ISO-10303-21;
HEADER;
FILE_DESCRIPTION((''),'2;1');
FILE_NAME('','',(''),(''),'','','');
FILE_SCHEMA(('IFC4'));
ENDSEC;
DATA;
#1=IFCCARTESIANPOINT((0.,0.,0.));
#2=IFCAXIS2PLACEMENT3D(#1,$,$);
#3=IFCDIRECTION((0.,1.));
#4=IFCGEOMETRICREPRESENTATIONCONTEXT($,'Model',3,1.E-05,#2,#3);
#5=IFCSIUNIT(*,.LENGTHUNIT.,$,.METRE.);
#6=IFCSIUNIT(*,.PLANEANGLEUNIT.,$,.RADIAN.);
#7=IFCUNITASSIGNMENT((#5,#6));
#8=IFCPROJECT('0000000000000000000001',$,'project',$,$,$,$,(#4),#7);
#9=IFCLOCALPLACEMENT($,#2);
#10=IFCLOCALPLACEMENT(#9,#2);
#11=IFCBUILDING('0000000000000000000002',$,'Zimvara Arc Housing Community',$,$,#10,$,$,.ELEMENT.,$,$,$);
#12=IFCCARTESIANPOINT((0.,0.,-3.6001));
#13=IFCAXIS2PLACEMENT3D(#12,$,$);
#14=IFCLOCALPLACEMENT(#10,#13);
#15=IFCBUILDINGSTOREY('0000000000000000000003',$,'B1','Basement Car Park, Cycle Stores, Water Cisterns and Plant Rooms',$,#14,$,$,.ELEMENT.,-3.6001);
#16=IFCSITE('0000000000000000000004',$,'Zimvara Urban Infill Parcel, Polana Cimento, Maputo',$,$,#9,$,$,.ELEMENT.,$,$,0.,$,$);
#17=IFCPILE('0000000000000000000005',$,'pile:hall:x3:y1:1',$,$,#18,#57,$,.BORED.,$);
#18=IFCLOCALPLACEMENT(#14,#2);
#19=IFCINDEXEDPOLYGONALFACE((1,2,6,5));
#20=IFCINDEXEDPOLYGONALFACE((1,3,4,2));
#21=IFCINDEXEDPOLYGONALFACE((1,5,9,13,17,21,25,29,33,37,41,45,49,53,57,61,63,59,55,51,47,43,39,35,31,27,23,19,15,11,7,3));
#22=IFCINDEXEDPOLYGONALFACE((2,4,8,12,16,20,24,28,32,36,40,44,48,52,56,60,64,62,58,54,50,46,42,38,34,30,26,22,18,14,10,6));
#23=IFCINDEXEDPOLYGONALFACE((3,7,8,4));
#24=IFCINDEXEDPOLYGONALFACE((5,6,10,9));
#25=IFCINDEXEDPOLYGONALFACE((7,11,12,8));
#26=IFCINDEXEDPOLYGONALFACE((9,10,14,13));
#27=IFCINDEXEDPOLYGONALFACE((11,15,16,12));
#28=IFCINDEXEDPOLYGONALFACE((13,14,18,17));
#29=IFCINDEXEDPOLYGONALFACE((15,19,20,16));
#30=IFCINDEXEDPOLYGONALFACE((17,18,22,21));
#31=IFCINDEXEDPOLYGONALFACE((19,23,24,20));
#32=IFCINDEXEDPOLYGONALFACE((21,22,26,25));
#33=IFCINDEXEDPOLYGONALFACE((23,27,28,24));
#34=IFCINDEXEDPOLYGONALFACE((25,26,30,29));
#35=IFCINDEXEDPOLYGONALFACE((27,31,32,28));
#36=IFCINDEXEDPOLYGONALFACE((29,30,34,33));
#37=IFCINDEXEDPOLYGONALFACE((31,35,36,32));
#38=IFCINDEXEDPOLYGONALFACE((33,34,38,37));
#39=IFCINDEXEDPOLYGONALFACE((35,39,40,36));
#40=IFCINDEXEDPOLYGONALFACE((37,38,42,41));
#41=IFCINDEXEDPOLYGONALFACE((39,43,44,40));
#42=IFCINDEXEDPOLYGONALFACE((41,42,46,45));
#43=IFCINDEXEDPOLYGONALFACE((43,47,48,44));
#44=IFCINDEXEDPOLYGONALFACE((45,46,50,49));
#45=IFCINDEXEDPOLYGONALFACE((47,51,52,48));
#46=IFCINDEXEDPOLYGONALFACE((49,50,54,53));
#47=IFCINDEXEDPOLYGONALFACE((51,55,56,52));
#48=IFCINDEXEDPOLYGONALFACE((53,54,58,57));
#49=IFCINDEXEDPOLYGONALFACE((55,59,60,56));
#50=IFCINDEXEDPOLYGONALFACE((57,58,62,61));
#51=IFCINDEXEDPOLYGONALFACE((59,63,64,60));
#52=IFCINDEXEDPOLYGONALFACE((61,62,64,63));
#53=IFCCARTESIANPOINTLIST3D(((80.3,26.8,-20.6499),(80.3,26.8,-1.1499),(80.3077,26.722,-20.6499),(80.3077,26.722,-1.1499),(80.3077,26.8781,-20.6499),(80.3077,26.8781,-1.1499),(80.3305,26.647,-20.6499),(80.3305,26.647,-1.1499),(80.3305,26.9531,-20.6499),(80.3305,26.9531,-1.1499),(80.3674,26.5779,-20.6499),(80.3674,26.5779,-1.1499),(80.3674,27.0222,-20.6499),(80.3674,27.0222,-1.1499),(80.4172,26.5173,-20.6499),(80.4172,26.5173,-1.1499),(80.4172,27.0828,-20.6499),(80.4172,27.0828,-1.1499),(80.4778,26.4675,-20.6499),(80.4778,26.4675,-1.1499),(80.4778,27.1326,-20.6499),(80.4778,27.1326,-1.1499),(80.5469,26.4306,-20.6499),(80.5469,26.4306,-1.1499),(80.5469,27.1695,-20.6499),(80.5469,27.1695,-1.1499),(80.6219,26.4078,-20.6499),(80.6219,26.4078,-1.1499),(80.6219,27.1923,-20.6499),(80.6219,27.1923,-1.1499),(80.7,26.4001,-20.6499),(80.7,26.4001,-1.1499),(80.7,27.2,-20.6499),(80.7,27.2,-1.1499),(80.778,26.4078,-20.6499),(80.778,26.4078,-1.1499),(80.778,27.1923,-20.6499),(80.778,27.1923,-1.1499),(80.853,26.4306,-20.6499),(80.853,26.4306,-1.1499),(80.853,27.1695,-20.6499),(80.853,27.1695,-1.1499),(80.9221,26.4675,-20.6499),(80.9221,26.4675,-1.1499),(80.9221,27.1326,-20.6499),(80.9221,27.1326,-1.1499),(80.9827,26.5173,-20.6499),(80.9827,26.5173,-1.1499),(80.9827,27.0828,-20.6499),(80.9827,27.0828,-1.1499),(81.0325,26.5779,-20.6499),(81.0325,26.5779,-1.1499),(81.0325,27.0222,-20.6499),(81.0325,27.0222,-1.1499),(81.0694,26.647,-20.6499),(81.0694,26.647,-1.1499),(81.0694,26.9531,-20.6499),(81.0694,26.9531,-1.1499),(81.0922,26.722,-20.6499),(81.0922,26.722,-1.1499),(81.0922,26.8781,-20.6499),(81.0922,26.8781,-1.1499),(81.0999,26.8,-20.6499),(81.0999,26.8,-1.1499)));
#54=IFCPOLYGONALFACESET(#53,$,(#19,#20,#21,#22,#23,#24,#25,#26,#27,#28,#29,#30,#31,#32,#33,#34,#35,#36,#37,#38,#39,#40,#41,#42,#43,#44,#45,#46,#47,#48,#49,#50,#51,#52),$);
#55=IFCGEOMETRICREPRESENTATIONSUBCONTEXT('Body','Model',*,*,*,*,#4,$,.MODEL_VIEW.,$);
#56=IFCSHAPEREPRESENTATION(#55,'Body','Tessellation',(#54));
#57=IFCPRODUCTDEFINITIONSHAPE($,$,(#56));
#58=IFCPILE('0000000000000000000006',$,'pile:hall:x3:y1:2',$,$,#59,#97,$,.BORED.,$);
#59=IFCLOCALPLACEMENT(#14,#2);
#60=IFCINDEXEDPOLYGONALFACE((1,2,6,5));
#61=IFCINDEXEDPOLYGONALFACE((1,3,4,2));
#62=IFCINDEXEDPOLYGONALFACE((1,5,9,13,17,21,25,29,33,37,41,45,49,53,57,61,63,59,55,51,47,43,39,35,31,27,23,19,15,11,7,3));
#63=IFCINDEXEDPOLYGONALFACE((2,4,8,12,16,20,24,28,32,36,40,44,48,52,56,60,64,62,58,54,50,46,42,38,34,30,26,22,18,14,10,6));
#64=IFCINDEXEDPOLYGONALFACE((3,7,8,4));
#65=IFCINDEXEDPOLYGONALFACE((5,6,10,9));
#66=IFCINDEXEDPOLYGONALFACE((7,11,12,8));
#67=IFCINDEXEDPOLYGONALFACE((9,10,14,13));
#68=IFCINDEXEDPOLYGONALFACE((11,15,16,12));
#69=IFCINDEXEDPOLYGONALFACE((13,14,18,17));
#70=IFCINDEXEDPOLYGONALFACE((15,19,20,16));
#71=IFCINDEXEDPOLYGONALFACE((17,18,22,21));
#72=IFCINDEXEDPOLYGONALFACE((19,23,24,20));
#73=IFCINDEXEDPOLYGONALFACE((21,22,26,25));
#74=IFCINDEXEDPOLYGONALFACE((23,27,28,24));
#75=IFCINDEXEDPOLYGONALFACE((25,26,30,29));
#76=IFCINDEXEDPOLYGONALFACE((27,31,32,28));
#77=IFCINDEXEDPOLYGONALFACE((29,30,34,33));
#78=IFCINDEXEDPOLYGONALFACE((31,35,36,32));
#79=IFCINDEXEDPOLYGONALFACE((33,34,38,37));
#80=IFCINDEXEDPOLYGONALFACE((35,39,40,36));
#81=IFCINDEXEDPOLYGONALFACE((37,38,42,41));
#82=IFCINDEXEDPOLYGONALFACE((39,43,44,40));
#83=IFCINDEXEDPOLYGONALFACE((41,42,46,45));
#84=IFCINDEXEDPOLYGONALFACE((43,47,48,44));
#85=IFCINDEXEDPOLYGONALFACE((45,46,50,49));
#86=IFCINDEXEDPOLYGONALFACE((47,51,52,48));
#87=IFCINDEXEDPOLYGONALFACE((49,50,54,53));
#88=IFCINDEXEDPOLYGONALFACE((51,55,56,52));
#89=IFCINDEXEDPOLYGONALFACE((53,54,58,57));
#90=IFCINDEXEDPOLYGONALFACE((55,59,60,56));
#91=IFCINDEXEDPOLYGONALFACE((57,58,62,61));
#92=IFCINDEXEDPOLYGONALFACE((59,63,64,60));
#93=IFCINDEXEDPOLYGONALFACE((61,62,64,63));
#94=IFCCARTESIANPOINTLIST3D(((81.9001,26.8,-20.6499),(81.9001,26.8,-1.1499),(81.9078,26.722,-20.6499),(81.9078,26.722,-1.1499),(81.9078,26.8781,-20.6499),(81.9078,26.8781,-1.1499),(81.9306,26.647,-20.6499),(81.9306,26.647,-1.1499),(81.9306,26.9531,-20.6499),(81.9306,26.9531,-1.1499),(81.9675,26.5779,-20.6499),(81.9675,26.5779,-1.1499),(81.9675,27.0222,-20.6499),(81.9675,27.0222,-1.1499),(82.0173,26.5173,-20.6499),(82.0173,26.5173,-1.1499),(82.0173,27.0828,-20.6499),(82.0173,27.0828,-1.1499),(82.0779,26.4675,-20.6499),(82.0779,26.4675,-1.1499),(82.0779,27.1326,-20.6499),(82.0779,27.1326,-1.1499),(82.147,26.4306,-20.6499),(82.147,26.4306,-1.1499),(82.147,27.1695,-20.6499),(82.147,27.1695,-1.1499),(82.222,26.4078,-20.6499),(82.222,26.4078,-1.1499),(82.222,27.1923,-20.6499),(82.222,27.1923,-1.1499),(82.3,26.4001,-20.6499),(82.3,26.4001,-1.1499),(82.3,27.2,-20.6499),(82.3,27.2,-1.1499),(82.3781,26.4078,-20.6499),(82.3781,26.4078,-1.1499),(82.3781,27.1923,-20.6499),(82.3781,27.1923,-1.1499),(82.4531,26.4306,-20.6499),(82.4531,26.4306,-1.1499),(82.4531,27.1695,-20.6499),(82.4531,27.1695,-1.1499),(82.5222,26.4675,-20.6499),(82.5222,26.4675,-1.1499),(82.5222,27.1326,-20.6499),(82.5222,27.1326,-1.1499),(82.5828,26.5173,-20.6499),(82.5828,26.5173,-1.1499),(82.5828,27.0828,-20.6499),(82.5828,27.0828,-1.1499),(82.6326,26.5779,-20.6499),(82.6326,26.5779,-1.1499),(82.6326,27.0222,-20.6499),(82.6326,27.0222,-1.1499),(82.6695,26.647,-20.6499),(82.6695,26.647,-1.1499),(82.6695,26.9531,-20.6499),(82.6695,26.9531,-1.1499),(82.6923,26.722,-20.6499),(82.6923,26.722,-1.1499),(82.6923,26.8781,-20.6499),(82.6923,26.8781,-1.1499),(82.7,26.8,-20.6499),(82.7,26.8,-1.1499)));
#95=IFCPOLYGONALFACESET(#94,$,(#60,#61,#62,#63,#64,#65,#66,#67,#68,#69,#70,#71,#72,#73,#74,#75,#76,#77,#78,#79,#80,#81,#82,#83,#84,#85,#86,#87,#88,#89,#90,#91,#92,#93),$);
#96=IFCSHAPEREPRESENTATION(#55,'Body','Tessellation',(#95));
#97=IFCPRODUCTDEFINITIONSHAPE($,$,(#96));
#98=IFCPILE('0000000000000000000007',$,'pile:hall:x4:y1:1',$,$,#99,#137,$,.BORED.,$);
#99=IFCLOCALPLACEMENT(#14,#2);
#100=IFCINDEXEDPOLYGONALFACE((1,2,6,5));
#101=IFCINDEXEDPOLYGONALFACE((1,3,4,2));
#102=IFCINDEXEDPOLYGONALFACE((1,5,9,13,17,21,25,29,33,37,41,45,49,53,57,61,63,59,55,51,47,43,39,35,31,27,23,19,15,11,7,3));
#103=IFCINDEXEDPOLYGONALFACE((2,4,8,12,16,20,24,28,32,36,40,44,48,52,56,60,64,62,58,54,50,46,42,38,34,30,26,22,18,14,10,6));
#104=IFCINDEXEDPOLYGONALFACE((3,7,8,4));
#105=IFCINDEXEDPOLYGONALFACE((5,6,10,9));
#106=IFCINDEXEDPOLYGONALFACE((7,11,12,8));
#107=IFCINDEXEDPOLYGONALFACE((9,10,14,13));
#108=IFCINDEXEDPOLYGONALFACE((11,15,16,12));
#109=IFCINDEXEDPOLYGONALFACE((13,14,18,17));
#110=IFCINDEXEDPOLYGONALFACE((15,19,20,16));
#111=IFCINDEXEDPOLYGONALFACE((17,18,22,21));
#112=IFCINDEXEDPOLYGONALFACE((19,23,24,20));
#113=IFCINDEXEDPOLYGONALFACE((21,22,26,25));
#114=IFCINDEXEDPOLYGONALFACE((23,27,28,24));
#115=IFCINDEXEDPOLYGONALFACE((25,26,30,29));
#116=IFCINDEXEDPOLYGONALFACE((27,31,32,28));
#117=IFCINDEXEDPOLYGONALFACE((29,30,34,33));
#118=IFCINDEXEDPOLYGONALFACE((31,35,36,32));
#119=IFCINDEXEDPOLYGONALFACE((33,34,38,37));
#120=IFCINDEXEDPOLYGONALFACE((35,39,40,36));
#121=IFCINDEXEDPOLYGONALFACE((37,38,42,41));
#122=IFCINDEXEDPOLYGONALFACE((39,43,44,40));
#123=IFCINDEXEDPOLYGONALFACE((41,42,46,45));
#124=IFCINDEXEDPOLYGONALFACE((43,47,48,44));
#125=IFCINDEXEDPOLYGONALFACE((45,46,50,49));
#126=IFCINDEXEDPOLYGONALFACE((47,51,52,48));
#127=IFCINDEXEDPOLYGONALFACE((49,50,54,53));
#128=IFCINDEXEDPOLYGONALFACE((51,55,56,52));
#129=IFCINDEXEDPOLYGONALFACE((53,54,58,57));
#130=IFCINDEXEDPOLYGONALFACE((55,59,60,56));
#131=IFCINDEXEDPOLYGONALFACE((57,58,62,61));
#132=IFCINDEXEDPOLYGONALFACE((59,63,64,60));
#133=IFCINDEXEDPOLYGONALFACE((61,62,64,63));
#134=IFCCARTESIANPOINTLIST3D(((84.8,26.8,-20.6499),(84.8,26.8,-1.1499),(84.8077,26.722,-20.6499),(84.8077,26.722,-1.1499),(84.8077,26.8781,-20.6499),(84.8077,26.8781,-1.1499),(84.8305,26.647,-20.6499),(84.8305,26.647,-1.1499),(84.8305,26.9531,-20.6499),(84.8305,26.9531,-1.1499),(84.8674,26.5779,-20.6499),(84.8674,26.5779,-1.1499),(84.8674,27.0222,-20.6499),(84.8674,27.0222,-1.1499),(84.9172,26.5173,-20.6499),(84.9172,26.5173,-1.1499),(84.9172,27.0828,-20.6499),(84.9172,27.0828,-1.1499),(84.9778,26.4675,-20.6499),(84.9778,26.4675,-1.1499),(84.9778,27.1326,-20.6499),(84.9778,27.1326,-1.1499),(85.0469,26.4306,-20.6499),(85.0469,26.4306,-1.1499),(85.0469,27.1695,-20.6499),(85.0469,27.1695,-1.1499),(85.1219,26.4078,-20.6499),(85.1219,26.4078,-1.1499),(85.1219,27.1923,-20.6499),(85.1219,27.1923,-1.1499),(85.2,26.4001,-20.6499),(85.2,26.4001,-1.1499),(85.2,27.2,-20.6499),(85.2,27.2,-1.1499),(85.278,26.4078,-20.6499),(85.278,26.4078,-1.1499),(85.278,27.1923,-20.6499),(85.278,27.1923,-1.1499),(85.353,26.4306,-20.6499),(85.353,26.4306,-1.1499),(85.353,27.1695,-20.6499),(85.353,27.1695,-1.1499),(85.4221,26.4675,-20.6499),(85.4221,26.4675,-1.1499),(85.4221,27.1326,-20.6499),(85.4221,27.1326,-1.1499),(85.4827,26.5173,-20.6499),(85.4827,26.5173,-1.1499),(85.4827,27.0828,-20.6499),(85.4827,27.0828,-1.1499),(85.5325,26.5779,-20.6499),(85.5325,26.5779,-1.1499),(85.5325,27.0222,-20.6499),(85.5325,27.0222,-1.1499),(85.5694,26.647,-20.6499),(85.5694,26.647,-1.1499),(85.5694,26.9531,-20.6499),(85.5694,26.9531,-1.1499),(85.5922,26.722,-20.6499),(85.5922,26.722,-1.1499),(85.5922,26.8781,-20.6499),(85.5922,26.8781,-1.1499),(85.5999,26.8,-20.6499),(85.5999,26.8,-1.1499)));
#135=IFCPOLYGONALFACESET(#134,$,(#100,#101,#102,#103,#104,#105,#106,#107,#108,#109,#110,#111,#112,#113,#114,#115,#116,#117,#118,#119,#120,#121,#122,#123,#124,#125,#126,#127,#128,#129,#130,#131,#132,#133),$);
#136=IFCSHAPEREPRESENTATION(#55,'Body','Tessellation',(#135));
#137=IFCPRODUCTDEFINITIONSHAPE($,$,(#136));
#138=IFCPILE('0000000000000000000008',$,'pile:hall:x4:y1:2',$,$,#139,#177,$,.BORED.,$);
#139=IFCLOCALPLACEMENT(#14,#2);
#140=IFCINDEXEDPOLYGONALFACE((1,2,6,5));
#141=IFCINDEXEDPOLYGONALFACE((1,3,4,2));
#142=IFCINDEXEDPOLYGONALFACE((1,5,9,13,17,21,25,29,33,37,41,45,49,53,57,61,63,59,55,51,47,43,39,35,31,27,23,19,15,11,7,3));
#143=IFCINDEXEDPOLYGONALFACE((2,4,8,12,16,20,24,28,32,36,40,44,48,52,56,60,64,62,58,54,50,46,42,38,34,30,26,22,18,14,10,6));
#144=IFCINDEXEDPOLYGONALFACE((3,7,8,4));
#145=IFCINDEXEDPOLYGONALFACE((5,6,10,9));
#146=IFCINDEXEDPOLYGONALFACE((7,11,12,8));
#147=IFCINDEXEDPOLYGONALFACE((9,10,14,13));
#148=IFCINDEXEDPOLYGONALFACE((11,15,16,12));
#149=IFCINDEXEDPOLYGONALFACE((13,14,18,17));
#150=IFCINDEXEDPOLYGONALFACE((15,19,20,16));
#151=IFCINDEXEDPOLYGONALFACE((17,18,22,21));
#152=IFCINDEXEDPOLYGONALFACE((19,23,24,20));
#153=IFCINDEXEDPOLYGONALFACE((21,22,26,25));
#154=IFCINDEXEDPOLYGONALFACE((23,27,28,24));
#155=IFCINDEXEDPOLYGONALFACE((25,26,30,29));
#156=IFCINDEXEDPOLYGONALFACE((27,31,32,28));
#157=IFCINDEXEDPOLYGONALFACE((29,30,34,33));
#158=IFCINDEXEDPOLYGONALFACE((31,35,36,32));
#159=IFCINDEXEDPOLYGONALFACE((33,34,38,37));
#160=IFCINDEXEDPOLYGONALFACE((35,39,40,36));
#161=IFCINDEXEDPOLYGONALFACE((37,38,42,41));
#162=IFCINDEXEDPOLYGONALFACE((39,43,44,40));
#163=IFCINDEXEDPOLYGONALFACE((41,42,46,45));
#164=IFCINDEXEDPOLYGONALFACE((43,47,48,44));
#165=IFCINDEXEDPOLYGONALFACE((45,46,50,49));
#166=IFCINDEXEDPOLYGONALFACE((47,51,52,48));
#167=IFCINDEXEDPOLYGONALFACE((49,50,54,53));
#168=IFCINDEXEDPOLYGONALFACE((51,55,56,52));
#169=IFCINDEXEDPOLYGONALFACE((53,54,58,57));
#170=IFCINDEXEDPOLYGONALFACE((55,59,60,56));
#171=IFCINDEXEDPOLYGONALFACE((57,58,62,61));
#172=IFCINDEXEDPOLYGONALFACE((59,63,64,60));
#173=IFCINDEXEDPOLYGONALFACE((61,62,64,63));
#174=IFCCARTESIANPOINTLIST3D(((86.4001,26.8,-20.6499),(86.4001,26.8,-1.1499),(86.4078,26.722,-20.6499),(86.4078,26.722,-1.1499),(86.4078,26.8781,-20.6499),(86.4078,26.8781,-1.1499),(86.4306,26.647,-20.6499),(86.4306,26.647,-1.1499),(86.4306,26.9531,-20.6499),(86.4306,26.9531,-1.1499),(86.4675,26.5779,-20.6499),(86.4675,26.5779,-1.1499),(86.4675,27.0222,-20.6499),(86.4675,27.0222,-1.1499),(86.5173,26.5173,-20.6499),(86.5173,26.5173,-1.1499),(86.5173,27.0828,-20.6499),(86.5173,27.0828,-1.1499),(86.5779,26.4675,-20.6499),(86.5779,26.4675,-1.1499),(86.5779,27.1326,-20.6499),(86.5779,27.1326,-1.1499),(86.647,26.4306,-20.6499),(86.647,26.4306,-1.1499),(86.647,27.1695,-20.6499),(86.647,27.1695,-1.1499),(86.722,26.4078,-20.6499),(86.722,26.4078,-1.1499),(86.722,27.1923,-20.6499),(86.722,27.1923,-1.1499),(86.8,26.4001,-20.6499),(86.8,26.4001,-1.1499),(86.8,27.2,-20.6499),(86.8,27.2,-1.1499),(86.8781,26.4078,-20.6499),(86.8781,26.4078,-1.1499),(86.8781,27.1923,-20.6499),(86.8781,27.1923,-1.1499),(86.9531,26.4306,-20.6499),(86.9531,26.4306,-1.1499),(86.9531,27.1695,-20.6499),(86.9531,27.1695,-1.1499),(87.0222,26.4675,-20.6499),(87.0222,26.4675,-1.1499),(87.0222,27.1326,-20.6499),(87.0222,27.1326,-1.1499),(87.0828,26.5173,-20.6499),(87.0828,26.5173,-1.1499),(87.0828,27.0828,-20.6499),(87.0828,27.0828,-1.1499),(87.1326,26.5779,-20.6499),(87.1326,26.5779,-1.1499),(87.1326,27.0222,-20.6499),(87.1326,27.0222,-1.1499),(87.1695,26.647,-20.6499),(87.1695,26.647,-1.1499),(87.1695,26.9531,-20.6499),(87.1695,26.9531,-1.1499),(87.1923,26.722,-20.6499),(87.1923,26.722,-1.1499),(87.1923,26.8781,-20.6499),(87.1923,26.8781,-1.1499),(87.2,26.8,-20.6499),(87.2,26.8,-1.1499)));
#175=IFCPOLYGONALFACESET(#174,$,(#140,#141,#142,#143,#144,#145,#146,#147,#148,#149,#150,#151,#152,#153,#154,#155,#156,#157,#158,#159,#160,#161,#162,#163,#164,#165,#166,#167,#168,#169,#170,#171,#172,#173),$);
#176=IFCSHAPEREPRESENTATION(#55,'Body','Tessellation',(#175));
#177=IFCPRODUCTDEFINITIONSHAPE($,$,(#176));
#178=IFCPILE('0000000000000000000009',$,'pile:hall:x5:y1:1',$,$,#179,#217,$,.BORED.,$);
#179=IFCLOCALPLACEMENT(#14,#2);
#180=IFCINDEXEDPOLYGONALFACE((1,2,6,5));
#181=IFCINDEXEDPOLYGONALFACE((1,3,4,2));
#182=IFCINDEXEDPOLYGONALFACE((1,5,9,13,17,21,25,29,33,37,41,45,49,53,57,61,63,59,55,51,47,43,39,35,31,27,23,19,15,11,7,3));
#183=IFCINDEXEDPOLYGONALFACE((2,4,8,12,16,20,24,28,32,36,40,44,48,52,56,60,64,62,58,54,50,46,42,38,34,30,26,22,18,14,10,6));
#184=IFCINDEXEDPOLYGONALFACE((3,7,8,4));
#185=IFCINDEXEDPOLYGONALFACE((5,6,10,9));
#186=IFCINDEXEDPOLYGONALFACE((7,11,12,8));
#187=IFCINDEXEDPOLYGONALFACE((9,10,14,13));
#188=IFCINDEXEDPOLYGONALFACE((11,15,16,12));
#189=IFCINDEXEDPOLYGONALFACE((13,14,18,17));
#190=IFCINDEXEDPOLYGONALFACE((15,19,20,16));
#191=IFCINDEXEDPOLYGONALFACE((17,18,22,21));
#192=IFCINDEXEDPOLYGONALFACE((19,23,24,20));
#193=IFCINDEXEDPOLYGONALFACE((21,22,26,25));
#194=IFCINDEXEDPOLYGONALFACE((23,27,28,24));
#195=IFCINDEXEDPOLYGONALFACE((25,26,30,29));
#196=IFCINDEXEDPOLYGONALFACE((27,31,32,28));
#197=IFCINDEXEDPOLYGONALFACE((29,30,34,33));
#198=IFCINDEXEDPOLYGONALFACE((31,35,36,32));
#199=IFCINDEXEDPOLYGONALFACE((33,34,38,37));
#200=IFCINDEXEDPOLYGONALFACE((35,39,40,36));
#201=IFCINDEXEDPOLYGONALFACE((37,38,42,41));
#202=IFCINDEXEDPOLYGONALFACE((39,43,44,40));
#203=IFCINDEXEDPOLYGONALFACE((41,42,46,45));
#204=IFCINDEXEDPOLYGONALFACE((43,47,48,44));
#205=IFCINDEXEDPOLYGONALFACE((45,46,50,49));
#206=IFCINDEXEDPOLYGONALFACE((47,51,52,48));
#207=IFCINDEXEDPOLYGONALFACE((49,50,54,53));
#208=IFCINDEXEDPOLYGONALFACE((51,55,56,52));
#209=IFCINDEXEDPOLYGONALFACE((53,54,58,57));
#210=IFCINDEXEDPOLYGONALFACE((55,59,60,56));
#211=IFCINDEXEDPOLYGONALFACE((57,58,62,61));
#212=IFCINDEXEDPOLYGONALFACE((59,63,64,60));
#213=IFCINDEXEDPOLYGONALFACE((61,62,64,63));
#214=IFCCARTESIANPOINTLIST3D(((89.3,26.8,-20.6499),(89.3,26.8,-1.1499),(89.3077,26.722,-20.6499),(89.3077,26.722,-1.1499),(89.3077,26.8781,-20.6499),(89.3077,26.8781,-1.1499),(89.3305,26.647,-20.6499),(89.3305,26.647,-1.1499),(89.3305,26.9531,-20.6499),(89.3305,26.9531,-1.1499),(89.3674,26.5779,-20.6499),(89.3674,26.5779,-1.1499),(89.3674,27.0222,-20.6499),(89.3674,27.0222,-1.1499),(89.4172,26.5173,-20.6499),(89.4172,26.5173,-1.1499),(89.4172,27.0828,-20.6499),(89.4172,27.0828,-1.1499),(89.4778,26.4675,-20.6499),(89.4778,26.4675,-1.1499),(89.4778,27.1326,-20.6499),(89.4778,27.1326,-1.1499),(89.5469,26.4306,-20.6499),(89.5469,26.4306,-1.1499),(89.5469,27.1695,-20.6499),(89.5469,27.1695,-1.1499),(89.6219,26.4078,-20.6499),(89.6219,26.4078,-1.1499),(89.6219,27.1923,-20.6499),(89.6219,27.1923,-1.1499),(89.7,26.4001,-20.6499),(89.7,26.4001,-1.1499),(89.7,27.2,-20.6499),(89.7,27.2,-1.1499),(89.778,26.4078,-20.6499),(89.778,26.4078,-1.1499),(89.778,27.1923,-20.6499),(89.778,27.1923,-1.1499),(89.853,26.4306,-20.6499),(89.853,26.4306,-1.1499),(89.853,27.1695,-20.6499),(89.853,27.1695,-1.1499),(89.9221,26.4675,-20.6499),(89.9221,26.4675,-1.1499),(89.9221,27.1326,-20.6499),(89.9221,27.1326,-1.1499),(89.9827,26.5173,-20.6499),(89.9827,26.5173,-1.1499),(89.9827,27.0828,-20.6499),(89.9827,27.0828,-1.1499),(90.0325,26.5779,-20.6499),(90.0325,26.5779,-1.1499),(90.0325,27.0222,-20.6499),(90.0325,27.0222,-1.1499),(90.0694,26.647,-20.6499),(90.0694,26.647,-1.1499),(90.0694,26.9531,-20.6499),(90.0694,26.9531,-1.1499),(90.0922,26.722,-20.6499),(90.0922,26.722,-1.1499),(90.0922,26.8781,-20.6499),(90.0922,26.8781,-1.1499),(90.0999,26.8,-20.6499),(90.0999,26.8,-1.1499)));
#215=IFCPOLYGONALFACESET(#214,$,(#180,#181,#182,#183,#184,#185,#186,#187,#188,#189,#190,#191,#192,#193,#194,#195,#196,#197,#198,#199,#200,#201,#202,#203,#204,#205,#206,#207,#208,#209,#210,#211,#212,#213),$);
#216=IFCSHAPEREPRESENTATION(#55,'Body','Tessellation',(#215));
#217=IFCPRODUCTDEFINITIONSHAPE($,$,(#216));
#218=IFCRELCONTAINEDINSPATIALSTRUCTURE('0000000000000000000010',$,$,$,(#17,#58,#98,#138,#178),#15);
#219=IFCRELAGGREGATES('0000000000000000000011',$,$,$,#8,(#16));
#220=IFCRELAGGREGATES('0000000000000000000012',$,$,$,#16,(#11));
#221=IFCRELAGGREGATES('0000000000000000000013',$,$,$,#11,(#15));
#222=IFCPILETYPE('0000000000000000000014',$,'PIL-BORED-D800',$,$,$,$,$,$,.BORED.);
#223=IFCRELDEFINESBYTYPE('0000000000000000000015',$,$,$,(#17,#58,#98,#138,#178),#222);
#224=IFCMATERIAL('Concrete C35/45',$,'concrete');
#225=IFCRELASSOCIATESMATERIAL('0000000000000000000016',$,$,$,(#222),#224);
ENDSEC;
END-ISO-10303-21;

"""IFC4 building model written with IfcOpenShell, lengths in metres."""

from ifc_helpers import new_model, si_unit, direction, frame, origin, origin_2d, place, context, subcontext, project, spatial, circle, extrude, material, material_profile, profile_set, type_object, element, save


model = new_model("IFC4")

# Units and contexts
model_context = context("Model", 3, precision=1e-05, world=origin(), true_north=direction((0.0, 1.0)))
body_context = subcontext(model_context, "Body", "Model", "MODEL_VIEW")
ifc_project = project(units=[si_unit("LENGTHUNIT", "METRE"), si_unit("PLANEANGLEUNIT", "RADIAN")], contexts=[model_context])

# Site, building, storey
site_placement = place(None, origin())
site = spatial("IfcSite", under=ifc_project, at=site_placement, Name="Zimvara Urban Infill Parcel, Polana Cimento, Maputo", CompositionType="ELEMENT", RefElevation=0.0)
building_placement = place(site_placement, origin())
building = spatial("IfcBuilding", under=site, at=building_placement, Name="Zimvara Arc Housing Community", CompositionType="ELEMENT")
storey_placement = place(building_placement, frame((0.0, 0.0, -3.6001)))
storey = spatial("IfcBuildingStorey", under=building, at=storey_placement, Name="B1", Description="Basement Car Park, Cycle Stores, Water Cisterns and Plant Rooms", CompositionType="ELEMENT", Elevation=-3.6001)

# Piles
ifc_material_1 = material(Name="Concrete C35/45", Category="concrete")
ifc_material_profile_1 = material_profile(ifc_material_1, circle(Radius=0.3999, at=origin_2d()), Name="PILE D800")
ifc_profile_set_1 = profile_set([ifc_material_profile_1], Name="Concrete C35/45")
pile_type_1 = type_object("IfcPileType", Name="PIL-BORED-D800", PredefinedType="BORED", material=ifc_profile_set_1)
for number, where, z_axis, x_axis, name in (
    (1, (80.7, 26.8, -1.1499), (0.0, 0.0, -1.0), (1.0, 0.0, 0.0), "pile:hall:x3:y1:1"),
    (2, (82.3, 26.8, -1.1499), (0.0, 0.0, -1.0), (1.0, 0.0, 0.0), "pile:hall:x3:y1:2"),
    (3, (85.2, 26.8, -1.1499), (0.0, 0.0, -1.0), (1.0, 0.0, 0.0), "pile:hall:x4:y1:1"),
    (4, (86.8, 26.8, -1.1499), (0.0, 0.0, -1.0), (1.0, 0.0, 0.0), "pile:hall:x4:y1:2"),
    (5, (89.7, 26.8, -1.1499), (0.0, 0.0, -1.0), (1.0, 0.0, 0.0), "pile:hall:x5:y1:1"),
):
    element("IfcPile", number, at=place(storey_placement, frame(where, z_axis=z_axis, x_axis=x_axis)), inside=storey, type_object=pile_type_1, Name=name, PredefinedType="BORED", context=body_context, shape_type="SweptSolid", body=[
        extrude(circle(Radius=0.3999, at=origin_2d()), origin(), (0.0, 0.0, 1.0), 19.5),
    ])

save(model, "model.ifc")
